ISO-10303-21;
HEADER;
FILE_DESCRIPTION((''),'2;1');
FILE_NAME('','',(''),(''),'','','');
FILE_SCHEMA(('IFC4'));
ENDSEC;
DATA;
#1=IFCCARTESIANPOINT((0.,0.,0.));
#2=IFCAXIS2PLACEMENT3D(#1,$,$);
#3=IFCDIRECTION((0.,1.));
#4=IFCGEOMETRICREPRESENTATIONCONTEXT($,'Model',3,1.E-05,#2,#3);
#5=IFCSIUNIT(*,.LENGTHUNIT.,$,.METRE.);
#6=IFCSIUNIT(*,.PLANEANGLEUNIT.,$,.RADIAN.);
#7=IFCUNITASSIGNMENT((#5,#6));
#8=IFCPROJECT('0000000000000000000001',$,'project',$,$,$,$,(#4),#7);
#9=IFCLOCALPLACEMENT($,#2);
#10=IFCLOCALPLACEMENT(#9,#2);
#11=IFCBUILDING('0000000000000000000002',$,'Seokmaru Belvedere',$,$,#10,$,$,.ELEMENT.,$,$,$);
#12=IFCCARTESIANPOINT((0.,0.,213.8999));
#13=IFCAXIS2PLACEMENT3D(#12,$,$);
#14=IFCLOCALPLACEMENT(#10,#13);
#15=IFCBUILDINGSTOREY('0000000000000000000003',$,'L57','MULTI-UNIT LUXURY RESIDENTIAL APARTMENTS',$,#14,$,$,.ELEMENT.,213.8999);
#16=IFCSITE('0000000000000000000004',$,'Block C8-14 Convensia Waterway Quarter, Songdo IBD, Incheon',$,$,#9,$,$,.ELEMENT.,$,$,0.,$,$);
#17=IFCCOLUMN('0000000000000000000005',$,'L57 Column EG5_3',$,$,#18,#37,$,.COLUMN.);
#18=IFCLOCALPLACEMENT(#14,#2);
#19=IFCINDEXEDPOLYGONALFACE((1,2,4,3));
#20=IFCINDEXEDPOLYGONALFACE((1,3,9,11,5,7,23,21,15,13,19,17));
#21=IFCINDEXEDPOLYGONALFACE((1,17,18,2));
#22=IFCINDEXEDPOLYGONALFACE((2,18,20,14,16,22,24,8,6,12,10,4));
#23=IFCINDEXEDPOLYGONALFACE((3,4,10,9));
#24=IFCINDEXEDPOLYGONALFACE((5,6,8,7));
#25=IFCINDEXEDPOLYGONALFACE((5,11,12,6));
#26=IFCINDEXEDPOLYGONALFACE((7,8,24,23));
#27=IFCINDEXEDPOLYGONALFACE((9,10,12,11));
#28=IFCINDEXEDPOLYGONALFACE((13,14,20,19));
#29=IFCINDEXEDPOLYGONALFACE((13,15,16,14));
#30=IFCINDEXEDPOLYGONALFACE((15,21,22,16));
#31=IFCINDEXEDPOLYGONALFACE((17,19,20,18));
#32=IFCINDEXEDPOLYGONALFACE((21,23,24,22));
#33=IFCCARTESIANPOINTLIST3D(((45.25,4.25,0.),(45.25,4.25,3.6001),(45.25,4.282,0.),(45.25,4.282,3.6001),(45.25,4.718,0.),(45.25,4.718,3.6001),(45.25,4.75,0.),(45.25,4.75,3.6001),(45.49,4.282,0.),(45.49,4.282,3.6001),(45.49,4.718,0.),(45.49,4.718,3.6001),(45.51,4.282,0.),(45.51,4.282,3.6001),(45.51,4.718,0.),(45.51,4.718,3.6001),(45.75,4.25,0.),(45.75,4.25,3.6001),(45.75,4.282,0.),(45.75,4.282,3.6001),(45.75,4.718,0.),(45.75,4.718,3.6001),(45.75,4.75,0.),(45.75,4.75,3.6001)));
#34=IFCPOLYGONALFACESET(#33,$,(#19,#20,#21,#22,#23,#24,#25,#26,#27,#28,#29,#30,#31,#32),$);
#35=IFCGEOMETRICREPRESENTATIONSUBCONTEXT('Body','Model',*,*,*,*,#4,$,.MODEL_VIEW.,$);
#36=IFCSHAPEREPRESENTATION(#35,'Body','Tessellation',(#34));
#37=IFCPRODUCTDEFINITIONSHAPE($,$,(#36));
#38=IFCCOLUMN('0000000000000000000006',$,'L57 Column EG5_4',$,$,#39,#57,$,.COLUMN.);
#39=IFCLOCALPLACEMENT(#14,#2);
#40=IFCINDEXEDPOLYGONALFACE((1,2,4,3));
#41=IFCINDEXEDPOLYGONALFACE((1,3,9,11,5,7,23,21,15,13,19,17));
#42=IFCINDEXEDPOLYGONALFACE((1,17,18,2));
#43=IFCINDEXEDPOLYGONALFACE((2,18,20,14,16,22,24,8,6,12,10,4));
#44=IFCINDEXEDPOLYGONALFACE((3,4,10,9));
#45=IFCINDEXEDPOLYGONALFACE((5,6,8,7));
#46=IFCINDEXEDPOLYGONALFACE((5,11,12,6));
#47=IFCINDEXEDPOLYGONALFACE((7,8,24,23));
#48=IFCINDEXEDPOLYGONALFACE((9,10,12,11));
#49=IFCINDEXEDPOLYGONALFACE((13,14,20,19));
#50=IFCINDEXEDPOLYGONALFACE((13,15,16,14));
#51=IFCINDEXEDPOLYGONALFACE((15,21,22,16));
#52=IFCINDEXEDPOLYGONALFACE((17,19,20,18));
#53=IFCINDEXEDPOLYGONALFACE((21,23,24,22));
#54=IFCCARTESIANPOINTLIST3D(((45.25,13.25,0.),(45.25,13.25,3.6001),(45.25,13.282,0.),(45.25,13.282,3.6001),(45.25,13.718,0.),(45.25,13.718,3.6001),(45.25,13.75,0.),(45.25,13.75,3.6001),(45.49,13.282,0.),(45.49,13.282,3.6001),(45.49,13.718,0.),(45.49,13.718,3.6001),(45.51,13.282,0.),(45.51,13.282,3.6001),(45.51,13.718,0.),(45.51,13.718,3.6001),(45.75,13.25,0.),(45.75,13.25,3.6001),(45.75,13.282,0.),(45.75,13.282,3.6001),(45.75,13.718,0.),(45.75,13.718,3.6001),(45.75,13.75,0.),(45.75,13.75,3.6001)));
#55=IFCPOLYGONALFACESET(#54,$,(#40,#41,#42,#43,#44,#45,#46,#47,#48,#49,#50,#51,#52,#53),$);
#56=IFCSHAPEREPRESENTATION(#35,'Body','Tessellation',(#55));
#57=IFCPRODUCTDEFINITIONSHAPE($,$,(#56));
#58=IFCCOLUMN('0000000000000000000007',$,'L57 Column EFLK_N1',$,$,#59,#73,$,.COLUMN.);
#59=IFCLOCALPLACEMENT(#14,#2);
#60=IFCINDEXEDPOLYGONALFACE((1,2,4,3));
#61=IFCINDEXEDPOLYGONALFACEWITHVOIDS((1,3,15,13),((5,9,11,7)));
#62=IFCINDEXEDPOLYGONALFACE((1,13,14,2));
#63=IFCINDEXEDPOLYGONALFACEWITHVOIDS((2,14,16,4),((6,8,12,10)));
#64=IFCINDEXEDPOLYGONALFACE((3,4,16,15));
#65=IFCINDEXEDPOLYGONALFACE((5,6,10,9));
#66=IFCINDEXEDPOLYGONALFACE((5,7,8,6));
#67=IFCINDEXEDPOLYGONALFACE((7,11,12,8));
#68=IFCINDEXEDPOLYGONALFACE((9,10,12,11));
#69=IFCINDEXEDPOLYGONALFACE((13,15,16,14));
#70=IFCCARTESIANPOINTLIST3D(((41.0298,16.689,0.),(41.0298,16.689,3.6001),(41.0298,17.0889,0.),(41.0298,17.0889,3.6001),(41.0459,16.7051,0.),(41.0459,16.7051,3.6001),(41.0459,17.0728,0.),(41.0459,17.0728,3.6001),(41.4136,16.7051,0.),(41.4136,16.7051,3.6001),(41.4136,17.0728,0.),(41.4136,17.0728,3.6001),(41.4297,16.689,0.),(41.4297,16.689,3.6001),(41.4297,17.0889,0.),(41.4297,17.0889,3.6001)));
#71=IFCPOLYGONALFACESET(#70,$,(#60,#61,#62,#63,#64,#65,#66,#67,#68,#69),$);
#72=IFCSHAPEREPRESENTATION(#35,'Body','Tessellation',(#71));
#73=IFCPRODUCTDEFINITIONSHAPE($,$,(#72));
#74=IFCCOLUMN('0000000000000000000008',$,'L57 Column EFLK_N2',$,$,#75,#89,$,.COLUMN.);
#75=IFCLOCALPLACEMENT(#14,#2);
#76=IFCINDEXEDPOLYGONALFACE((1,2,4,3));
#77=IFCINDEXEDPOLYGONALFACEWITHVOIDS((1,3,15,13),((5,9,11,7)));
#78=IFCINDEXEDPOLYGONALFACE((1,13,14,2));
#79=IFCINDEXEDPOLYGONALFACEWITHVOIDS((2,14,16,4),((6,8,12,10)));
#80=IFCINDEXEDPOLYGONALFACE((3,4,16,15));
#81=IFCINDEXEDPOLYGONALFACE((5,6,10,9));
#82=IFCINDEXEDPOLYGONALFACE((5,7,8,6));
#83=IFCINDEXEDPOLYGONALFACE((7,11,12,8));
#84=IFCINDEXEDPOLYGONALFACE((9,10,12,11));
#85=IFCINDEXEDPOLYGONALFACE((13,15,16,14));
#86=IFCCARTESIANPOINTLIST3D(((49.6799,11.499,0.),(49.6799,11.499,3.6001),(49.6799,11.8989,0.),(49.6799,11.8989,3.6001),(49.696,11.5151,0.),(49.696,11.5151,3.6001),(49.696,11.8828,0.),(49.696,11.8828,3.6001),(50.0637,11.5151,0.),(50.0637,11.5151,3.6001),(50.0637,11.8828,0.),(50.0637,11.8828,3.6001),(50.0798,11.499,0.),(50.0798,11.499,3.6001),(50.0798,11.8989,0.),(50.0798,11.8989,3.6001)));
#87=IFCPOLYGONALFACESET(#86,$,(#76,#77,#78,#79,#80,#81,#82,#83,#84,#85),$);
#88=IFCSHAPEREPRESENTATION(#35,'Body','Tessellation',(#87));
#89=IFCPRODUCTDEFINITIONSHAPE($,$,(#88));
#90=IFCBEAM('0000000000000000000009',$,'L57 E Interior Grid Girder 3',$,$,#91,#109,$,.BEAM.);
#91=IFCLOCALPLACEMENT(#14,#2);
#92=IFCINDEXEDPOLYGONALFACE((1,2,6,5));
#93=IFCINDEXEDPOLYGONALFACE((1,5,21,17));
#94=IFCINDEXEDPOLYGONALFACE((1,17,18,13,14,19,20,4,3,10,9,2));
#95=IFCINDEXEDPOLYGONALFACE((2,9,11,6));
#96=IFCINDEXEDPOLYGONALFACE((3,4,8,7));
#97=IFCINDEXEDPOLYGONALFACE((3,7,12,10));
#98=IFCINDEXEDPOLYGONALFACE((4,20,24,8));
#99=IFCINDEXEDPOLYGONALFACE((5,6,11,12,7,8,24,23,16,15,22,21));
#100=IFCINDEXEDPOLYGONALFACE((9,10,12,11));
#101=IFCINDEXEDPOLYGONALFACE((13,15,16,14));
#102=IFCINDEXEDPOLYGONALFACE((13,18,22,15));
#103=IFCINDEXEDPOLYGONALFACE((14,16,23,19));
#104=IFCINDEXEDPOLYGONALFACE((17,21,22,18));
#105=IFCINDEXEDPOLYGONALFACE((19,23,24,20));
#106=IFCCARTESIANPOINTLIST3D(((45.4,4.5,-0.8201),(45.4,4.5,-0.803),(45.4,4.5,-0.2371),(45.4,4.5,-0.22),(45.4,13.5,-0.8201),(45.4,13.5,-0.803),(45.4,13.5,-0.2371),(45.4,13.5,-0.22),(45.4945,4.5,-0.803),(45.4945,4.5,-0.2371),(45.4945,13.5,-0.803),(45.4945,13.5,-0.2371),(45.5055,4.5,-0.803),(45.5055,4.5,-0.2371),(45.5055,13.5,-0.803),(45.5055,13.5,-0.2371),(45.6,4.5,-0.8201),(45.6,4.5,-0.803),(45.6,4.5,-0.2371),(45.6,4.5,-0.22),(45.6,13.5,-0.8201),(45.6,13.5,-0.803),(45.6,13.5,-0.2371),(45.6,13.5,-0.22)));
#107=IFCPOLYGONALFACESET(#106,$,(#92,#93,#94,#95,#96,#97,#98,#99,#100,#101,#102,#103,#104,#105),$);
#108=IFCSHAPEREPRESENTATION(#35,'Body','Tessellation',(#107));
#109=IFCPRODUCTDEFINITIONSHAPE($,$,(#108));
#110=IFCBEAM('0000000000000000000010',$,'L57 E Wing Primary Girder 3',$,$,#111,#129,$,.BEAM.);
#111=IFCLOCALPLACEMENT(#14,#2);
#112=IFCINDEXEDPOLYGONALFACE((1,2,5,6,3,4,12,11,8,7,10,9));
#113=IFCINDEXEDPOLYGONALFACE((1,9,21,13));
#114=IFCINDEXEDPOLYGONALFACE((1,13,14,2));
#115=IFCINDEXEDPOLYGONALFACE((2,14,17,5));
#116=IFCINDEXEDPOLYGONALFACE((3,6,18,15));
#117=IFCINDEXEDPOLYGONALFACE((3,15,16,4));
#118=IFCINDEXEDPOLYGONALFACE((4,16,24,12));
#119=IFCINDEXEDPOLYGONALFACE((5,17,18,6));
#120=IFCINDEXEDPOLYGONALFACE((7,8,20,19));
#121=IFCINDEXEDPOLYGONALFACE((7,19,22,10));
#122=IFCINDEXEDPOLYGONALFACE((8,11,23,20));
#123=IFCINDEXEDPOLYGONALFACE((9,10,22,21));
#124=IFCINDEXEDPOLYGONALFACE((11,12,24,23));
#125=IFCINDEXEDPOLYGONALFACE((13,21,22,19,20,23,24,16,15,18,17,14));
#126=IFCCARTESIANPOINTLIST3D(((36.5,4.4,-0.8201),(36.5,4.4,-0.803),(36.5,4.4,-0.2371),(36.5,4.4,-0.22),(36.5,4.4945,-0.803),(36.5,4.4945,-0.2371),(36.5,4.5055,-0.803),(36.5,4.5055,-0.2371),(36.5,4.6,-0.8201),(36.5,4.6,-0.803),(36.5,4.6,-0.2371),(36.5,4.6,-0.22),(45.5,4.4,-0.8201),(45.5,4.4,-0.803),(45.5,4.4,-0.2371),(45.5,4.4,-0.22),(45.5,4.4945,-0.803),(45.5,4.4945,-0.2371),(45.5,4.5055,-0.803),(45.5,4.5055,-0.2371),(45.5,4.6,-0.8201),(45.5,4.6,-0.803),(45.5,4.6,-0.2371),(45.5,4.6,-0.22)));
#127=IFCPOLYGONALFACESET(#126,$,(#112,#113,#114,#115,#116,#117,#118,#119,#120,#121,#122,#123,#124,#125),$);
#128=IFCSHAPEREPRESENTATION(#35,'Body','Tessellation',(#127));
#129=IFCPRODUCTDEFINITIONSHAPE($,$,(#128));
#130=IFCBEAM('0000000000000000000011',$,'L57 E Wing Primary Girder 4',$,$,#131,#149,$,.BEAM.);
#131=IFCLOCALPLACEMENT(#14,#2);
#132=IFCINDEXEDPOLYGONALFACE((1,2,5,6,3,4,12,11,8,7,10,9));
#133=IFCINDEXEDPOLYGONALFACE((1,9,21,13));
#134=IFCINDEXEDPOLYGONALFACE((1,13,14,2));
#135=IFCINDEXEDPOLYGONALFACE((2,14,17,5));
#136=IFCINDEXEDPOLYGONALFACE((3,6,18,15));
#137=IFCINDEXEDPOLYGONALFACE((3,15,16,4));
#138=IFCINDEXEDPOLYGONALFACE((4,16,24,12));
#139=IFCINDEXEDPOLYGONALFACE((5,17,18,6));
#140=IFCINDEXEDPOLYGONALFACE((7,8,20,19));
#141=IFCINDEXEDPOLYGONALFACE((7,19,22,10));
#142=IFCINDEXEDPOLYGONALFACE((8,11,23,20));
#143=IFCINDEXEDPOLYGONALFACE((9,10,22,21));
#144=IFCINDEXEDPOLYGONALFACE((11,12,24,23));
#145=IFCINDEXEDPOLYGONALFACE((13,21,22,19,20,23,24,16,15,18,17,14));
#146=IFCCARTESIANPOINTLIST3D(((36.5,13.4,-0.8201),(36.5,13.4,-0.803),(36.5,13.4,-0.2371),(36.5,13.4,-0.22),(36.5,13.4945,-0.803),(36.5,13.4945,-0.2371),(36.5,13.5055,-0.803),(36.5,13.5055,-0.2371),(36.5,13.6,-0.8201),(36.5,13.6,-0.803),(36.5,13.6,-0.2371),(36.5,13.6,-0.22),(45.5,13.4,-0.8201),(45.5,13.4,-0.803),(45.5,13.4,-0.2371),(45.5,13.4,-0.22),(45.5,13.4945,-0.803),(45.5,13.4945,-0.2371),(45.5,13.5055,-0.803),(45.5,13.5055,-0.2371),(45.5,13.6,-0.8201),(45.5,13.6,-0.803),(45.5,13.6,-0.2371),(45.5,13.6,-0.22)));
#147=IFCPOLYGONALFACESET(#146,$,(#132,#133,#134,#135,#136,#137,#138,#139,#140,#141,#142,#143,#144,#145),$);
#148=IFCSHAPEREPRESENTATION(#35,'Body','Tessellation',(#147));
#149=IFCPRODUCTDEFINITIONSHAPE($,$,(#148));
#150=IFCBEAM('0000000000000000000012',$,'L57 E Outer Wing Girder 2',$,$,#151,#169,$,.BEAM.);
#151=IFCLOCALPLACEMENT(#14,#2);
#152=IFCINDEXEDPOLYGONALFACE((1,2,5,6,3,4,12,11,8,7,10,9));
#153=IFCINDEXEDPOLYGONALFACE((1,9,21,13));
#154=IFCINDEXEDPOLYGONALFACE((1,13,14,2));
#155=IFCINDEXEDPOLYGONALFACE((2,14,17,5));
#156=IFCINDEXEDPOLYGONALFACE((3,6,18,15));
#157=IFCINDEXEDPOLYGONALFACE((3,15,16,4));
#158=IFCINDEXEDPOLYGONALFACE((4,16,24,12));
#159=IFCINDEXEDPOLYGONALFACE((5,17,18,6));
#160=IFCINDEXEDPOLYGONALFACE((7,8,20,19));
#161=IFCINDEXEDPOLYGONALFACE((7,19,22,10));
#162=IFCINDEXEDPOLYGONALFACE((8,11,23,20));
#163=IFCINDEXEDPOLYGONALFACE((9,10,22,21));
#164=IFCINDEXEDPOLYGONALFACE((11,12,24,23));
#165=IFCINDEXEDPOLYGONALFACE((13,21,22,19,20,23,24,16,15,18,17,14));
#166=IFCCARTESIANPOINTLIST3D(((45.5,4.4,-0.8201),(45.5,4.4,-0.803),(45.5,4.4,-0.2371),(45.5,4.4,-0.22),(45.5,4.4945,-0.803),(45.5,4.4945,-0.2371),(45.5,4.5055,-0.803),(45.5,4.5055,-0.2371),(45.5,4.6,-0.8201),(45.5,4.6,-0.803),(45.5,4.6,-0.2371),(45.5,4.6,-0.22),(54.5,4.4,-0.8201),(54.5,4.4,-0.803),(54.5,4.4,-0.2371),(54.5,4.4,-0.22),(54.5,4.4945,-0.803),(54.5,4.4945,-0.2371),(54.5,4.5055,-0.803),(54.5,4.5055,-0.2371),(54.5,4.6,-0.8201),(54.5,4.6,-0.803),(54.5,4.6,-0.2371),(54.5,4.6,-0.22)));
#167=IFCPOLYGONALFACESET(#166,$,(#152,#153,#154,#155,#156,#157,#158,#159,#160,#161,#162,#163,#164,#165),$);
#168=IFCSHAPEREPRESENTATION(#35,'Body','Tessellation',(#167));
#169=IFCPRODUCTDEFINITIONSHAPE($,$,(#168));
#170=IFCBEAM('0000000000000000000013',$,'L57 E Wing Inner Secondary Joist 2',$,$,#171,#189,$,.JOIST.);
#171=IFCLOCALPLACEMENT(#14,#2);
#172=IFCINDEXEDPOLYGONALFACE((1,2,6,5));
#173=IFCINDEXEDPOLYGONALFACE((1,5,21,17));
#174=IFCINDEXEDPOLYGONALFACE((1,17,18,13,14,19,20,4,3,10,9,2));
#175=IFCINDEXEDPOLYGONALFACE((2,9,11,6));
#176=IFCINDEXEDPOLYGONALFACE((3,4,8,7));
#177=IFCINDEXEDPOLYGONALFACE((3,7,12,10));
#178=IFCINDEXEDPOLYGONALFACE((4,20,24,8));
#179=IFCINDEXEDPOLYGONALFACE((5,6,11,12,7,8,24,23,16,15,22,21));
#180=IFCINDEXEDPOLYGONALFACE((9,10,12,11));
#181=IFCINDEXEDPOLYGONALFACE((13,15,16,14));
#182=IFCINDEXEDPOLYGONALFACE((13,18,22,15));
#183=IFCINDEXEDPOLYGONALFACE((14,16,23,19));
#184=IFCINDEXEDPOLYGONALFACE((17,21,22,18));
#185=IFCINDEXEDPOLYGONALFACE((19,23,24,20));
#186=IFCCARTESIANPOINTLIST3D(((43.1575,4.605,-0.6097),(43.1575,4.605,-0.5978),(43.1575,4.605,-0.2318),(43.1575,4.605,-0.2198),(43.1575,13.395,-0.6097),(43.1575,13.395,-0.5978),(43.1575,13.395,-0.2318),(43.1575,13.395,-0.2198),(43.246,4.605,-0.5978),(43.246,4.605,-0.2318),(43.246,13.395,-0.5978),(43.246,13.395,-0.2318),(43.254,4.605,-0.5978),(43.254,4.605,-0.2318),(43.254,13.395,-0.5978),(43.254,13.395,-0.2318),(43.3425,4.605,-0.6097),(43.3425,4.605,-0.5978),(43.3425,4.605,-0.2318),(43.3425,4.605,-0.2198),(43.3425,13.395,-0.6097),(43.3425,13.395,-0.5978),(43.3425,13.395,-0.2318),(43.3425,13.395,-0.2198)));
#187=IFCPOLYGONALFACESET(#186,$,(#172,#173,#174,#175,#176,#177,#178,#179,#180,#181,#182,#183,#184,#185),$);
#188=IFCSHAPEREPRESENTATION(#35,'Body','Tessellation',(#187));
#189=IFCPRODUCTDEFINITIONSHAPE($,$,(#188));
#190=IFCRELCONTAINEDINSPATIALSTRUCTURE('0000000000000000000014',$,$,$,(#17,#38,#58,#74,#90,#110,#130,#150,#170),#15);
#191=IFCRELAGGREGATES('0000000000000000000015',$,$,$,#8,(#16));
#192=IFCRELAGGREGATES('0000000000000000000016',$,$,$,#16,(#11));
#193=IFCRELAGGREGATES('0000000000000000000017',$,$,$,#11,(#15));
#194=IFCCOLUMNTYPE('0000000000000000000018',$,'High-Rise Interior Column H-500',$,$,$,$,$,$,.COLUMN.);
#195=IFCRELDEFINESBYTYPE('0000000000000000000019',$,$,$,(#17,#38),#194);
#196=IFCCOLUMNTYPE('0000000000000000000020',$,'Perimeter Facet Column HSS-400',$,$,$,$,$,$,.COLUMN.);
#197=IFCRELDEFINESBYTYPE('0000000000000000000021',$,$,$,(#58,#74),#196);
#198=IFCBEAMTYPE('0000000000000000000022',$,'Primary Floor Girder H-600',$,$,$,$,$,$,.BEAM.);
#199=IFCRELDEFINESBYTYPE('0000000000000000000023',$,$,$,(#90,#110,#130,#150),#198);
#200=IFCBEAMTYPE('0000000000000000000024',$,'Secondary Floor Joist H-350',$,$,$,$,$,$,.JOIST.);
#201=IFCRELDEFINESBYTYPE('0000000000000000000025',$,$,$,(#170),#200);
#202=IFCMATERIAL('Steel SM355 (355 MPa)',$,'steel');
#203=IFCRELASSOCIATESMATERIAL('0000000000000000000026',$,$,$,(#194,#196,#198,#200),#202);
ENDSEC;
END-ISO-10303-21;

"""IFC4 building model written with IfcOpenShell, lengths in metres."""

from ifc_helpers import new_model, si_unit, direction, frame, origin, origin_2d, place, context, subcontext, project, spatial, hollow_rectangle, i_section, extrude, source, transform, mapped, material, material_profile, profile_set, type_object, type_shapes, element, save


model = new_model("IFC4")

# Units and contexts
model_context = context("Model", 3, precision=1e-05, world=origin(), true_north=direction((0.0, 1.0)))
body_context = subcontext(model_context, "Body", "Model", "MODEL_VIEW")
ifc_project = project(units=[si_unit("LENGTHUNIT", "METRE"), si_unit("PLANEANGLEUNIT", "RADIAN")], contexts=[model_context])

# Site, building, storey
site_placement = place(None, origin())
site = spatial("IfcSite", under=ifc_project, at=site_placement, Name="Block C8-14 Convensia Waterway Quarter, Songdo IBD, Incheon", CompositionType="ELEMENT", RefElevation=0.0)
building_placement = place(site_placement, origin())
building = spatial("IfcBuilding", under=site, at=building_placement, Name="Seokmaru Belvedere", CompositionType="ELEMENT")
storey_placement = place(building_placement, frame((0.0, 0.0, 213.8999)))
storey = spatial("IfcBuildingStorey", under=building, at=storey_placement, Name="L57", Description="MULTI-UNIT LUXURY RESIDENTIAL APARTMENTS", CompositionType="ELEMENT", Elevation=213.8999)

# Columns
ifc_material_1 = material(Name="Steel SM355 (355 MPa)", Category="steel")
ifc_material_profile_1 = material_profile(ifc_material_1, i_section(OverallWidth=0.5, OverallDepth=0.5, WebThickness=0.02, FlangeThickness=0.032, at=origin_2d()), Name="H-500x500x20x32")
ifc_profile_set_1 = profile_set([ifc_material_profile_1], Name="Steel SM355 (355 MPa)")
column_type_1 = type_object("IfcColumnType", Name="High-Rise Interior Column H-500", PredefinedType="COLUMN", material=ifc_profile_set_1)
shared_shape_1 = source(origin(), body_context, "Body", "SweptSolid", [
    extrude(i_section(OverallWidth=0.5, OverallDepth=0.5, WebThickness=0.02, FlangeThickness=0.032, at=origin_2d()), origin(), (0.0, 0.0, 1.0), 3.6001),
])
type_shapes(column_type_1, [shared_shape_1])
for number, where, z_axis, x_axis, name in (
    (1, (45.5, 4.5, 0.0), (0.0, 0.0, 1.0), (1.0, 0.0, 0.0), "L57 Column EG5_3"),
    (2, (45.5, 13.5, 0.0), (0.0, 0.0, 1.0), (1.0, 0.0, 0.0), "L57 Column EG5_4"),
):
    element("IfcColumn", number, at=place(storey_placement, frame(where, z_axis=z_axis, x_axis=x_axis)), inside=storey, type_object=column_type_1, Name=name, PredefinedType="COLUMN", context=body_context, shape_type="MappedRepresentation", body=[
        mapped(shared_shape_1, transform((0.0, 0.0, 0.0), scale=1.0)),
    ])
ifc_material_profile_2 = material_profile(ifc_material_1, hollow_rectangle(XDim=0.3999, YDim=0.3999, WallThickness=0.0161, at=origin_2d()), Name="HSS-400x400x16")
ifc_profile_set_2 = profile_set([ifc_material_profile_2], Name="Steel SM355 (355 MPa)")
column_type_2 = type_object("IfcColumnType", Name="Perimeter Facet Column HSS-400", PredefinedType="COLUMN", material=ifc_profile_set_2)
shared_shape_2 = source(origin(), body_context, "Body", "SweptSolid", [
    extrude(hollow_rectangle(XDim=0.3999, YDim=0.3999, WallThickness=0.0161, at=origin_2d()), origin(), (0.0, 0.0, 1.0), 3.6001),
])
type_shapes(column_type_2, [shared_shape_2])
for number, where, z_axis, x_axis, name in (
    (3, (41.2297, 16.8889, 0.0), (0.0, 0.0, 1.0), (1.0, 0.0, 0.0), "L57 Column EFLK_N1"),
    (4, (49.8799, 11.699, 0.0), (0.0, 0.0, 1.0), (1.0, 0.0, 0.0), "L57 Column EFLK_N2"),
):
    element("IfcColumn", number, at=place(storey_placement, frame(where, z_axis=z_axis, x_axis=x_axis)), inside=storey, type_object=column_type_2, Name=name, PredefinedType="COLUMN", context=body_context, shape_type="MappedRepresentation", body=[
        mapped(shared_shape_2, transform((0.0, 0.0, 0.0), scale=1.0)),
    ])

# Beams
ifc_material_profile_3 = material_profile(ifc_material_1, i_section(OverallWidth=0.2, OverallDepth=0.6001, WebThickness=0.011, FlangeThickness=0.0171, at=origin_2d()), Name="H-600x200x11x17")
ifc_profile_set_3 = profile_set([ifc_material_profile_3], Name="Steel SM355 (355 MPa)")
beam_type_1 = type_object("IfcBeamType", Name="Primary Floor Girder H-600", PredefinedType="BEAM", material=ifc_profile_set_3)
shared_shape_3 = source(origin(), body_context, "Body", "SweptSolid", [
    extrude(i_section(OverallWidth=0.2, OverallDepth=0.6001, WebThickness=0.011, FlangeThickness=0.0171, at=origin_2d()), origin(), (0.0, 0.0, 1.0), 9.0),
])
for number, where, z_axis, x_axis, name in (
    (5, (45.5, 4.5, -0.52), (0.0, 1.0, 0.0), (-1.0, 0.0, 0.0), "L57 E Interior Grid Girder 3"),
    (6, (36.5, 4.5, -0.52), (1.0, 0.0, 0.0), (0.0, 1.0, 0.0), "L57 E Wing Primary Girder 3"),
    (7, (36.5, 13.5, -0.52), (1.0, 0.0, 0.0), (0.0, 1.0, 0.0), "L57 E Wing Primary Girder 4"),
    (8, (45.5, 4.5, -0.52), (1.0, 0.0, 0.0), (0.0, 1.0, 0.0), "L57 E Outer Wing Girder 2"),
):
    element("IfcBeam", number, at=place(storey_placement, frame(where, z_axis=z_axis, x_axis=x_axis)), inside=storey, type_object=beam_type_1, Name=name, PredefinedType="BEAM", context=body_context, shape_type="MappedRepresentation", body=[
        mapped(shared_shape_3, transform((0.0, 0.0, 0.0), scale=1.0)),
    ])
ifc_material_profile_4 = material_profile(ifc_material_1, i_section(OverallWidth=0.1851, OverallDepth=0.3899, WebThickness=0.0081, FlangeThickness=0.012, at=origin_2d()), Name="H-390x185x8x12")
ifc_profile_set_4 = profile_set([ifc_material_profile_4], Name="Steel SM355 (355 MPa)")
beam_type_2 = type_object("IfcBeamType", Name="Secondary Floor Joist H-350", PredefinedType="JOIST", material=ifc_profile_set_4)
shared_shape_4 = source(origin(), body_context, "Body", "SweptSolid", [
    extrude(i_section(OverallWidth=0.1851, OverallDepth=0.3899, WebThickness=0.0081, FlangeThickness=0.012, at=origin_2d()), origin(), (0.0, 0.0, 1.0), 8.79),
])
type_shapes(beam_type_2, [shared_shape_4])
for number, where, z_axis, x_axis, name in (
    (9, (43.25, 4.605, -0.4148), (0.0, 1.0, 0.0), (-1.0, 0.0, 0.0), "L57 E Wing Inner Secondary Joist 2"),
):
    element("IfcBeam", number, at=place(storey_placement, frame(where, z_axis=z_axis, x_axis=x_axis)), inside=storey, type_object=beam_type_2, Name=name, PredefinedType="JOIST", context=body_context, shape_type="MappedRepresentation", body=[
        mapped(shared_shape_4, transform((0.0, 0.0, 0.0), scale=1.0)),
    ])

save(model, "model.ifc")
